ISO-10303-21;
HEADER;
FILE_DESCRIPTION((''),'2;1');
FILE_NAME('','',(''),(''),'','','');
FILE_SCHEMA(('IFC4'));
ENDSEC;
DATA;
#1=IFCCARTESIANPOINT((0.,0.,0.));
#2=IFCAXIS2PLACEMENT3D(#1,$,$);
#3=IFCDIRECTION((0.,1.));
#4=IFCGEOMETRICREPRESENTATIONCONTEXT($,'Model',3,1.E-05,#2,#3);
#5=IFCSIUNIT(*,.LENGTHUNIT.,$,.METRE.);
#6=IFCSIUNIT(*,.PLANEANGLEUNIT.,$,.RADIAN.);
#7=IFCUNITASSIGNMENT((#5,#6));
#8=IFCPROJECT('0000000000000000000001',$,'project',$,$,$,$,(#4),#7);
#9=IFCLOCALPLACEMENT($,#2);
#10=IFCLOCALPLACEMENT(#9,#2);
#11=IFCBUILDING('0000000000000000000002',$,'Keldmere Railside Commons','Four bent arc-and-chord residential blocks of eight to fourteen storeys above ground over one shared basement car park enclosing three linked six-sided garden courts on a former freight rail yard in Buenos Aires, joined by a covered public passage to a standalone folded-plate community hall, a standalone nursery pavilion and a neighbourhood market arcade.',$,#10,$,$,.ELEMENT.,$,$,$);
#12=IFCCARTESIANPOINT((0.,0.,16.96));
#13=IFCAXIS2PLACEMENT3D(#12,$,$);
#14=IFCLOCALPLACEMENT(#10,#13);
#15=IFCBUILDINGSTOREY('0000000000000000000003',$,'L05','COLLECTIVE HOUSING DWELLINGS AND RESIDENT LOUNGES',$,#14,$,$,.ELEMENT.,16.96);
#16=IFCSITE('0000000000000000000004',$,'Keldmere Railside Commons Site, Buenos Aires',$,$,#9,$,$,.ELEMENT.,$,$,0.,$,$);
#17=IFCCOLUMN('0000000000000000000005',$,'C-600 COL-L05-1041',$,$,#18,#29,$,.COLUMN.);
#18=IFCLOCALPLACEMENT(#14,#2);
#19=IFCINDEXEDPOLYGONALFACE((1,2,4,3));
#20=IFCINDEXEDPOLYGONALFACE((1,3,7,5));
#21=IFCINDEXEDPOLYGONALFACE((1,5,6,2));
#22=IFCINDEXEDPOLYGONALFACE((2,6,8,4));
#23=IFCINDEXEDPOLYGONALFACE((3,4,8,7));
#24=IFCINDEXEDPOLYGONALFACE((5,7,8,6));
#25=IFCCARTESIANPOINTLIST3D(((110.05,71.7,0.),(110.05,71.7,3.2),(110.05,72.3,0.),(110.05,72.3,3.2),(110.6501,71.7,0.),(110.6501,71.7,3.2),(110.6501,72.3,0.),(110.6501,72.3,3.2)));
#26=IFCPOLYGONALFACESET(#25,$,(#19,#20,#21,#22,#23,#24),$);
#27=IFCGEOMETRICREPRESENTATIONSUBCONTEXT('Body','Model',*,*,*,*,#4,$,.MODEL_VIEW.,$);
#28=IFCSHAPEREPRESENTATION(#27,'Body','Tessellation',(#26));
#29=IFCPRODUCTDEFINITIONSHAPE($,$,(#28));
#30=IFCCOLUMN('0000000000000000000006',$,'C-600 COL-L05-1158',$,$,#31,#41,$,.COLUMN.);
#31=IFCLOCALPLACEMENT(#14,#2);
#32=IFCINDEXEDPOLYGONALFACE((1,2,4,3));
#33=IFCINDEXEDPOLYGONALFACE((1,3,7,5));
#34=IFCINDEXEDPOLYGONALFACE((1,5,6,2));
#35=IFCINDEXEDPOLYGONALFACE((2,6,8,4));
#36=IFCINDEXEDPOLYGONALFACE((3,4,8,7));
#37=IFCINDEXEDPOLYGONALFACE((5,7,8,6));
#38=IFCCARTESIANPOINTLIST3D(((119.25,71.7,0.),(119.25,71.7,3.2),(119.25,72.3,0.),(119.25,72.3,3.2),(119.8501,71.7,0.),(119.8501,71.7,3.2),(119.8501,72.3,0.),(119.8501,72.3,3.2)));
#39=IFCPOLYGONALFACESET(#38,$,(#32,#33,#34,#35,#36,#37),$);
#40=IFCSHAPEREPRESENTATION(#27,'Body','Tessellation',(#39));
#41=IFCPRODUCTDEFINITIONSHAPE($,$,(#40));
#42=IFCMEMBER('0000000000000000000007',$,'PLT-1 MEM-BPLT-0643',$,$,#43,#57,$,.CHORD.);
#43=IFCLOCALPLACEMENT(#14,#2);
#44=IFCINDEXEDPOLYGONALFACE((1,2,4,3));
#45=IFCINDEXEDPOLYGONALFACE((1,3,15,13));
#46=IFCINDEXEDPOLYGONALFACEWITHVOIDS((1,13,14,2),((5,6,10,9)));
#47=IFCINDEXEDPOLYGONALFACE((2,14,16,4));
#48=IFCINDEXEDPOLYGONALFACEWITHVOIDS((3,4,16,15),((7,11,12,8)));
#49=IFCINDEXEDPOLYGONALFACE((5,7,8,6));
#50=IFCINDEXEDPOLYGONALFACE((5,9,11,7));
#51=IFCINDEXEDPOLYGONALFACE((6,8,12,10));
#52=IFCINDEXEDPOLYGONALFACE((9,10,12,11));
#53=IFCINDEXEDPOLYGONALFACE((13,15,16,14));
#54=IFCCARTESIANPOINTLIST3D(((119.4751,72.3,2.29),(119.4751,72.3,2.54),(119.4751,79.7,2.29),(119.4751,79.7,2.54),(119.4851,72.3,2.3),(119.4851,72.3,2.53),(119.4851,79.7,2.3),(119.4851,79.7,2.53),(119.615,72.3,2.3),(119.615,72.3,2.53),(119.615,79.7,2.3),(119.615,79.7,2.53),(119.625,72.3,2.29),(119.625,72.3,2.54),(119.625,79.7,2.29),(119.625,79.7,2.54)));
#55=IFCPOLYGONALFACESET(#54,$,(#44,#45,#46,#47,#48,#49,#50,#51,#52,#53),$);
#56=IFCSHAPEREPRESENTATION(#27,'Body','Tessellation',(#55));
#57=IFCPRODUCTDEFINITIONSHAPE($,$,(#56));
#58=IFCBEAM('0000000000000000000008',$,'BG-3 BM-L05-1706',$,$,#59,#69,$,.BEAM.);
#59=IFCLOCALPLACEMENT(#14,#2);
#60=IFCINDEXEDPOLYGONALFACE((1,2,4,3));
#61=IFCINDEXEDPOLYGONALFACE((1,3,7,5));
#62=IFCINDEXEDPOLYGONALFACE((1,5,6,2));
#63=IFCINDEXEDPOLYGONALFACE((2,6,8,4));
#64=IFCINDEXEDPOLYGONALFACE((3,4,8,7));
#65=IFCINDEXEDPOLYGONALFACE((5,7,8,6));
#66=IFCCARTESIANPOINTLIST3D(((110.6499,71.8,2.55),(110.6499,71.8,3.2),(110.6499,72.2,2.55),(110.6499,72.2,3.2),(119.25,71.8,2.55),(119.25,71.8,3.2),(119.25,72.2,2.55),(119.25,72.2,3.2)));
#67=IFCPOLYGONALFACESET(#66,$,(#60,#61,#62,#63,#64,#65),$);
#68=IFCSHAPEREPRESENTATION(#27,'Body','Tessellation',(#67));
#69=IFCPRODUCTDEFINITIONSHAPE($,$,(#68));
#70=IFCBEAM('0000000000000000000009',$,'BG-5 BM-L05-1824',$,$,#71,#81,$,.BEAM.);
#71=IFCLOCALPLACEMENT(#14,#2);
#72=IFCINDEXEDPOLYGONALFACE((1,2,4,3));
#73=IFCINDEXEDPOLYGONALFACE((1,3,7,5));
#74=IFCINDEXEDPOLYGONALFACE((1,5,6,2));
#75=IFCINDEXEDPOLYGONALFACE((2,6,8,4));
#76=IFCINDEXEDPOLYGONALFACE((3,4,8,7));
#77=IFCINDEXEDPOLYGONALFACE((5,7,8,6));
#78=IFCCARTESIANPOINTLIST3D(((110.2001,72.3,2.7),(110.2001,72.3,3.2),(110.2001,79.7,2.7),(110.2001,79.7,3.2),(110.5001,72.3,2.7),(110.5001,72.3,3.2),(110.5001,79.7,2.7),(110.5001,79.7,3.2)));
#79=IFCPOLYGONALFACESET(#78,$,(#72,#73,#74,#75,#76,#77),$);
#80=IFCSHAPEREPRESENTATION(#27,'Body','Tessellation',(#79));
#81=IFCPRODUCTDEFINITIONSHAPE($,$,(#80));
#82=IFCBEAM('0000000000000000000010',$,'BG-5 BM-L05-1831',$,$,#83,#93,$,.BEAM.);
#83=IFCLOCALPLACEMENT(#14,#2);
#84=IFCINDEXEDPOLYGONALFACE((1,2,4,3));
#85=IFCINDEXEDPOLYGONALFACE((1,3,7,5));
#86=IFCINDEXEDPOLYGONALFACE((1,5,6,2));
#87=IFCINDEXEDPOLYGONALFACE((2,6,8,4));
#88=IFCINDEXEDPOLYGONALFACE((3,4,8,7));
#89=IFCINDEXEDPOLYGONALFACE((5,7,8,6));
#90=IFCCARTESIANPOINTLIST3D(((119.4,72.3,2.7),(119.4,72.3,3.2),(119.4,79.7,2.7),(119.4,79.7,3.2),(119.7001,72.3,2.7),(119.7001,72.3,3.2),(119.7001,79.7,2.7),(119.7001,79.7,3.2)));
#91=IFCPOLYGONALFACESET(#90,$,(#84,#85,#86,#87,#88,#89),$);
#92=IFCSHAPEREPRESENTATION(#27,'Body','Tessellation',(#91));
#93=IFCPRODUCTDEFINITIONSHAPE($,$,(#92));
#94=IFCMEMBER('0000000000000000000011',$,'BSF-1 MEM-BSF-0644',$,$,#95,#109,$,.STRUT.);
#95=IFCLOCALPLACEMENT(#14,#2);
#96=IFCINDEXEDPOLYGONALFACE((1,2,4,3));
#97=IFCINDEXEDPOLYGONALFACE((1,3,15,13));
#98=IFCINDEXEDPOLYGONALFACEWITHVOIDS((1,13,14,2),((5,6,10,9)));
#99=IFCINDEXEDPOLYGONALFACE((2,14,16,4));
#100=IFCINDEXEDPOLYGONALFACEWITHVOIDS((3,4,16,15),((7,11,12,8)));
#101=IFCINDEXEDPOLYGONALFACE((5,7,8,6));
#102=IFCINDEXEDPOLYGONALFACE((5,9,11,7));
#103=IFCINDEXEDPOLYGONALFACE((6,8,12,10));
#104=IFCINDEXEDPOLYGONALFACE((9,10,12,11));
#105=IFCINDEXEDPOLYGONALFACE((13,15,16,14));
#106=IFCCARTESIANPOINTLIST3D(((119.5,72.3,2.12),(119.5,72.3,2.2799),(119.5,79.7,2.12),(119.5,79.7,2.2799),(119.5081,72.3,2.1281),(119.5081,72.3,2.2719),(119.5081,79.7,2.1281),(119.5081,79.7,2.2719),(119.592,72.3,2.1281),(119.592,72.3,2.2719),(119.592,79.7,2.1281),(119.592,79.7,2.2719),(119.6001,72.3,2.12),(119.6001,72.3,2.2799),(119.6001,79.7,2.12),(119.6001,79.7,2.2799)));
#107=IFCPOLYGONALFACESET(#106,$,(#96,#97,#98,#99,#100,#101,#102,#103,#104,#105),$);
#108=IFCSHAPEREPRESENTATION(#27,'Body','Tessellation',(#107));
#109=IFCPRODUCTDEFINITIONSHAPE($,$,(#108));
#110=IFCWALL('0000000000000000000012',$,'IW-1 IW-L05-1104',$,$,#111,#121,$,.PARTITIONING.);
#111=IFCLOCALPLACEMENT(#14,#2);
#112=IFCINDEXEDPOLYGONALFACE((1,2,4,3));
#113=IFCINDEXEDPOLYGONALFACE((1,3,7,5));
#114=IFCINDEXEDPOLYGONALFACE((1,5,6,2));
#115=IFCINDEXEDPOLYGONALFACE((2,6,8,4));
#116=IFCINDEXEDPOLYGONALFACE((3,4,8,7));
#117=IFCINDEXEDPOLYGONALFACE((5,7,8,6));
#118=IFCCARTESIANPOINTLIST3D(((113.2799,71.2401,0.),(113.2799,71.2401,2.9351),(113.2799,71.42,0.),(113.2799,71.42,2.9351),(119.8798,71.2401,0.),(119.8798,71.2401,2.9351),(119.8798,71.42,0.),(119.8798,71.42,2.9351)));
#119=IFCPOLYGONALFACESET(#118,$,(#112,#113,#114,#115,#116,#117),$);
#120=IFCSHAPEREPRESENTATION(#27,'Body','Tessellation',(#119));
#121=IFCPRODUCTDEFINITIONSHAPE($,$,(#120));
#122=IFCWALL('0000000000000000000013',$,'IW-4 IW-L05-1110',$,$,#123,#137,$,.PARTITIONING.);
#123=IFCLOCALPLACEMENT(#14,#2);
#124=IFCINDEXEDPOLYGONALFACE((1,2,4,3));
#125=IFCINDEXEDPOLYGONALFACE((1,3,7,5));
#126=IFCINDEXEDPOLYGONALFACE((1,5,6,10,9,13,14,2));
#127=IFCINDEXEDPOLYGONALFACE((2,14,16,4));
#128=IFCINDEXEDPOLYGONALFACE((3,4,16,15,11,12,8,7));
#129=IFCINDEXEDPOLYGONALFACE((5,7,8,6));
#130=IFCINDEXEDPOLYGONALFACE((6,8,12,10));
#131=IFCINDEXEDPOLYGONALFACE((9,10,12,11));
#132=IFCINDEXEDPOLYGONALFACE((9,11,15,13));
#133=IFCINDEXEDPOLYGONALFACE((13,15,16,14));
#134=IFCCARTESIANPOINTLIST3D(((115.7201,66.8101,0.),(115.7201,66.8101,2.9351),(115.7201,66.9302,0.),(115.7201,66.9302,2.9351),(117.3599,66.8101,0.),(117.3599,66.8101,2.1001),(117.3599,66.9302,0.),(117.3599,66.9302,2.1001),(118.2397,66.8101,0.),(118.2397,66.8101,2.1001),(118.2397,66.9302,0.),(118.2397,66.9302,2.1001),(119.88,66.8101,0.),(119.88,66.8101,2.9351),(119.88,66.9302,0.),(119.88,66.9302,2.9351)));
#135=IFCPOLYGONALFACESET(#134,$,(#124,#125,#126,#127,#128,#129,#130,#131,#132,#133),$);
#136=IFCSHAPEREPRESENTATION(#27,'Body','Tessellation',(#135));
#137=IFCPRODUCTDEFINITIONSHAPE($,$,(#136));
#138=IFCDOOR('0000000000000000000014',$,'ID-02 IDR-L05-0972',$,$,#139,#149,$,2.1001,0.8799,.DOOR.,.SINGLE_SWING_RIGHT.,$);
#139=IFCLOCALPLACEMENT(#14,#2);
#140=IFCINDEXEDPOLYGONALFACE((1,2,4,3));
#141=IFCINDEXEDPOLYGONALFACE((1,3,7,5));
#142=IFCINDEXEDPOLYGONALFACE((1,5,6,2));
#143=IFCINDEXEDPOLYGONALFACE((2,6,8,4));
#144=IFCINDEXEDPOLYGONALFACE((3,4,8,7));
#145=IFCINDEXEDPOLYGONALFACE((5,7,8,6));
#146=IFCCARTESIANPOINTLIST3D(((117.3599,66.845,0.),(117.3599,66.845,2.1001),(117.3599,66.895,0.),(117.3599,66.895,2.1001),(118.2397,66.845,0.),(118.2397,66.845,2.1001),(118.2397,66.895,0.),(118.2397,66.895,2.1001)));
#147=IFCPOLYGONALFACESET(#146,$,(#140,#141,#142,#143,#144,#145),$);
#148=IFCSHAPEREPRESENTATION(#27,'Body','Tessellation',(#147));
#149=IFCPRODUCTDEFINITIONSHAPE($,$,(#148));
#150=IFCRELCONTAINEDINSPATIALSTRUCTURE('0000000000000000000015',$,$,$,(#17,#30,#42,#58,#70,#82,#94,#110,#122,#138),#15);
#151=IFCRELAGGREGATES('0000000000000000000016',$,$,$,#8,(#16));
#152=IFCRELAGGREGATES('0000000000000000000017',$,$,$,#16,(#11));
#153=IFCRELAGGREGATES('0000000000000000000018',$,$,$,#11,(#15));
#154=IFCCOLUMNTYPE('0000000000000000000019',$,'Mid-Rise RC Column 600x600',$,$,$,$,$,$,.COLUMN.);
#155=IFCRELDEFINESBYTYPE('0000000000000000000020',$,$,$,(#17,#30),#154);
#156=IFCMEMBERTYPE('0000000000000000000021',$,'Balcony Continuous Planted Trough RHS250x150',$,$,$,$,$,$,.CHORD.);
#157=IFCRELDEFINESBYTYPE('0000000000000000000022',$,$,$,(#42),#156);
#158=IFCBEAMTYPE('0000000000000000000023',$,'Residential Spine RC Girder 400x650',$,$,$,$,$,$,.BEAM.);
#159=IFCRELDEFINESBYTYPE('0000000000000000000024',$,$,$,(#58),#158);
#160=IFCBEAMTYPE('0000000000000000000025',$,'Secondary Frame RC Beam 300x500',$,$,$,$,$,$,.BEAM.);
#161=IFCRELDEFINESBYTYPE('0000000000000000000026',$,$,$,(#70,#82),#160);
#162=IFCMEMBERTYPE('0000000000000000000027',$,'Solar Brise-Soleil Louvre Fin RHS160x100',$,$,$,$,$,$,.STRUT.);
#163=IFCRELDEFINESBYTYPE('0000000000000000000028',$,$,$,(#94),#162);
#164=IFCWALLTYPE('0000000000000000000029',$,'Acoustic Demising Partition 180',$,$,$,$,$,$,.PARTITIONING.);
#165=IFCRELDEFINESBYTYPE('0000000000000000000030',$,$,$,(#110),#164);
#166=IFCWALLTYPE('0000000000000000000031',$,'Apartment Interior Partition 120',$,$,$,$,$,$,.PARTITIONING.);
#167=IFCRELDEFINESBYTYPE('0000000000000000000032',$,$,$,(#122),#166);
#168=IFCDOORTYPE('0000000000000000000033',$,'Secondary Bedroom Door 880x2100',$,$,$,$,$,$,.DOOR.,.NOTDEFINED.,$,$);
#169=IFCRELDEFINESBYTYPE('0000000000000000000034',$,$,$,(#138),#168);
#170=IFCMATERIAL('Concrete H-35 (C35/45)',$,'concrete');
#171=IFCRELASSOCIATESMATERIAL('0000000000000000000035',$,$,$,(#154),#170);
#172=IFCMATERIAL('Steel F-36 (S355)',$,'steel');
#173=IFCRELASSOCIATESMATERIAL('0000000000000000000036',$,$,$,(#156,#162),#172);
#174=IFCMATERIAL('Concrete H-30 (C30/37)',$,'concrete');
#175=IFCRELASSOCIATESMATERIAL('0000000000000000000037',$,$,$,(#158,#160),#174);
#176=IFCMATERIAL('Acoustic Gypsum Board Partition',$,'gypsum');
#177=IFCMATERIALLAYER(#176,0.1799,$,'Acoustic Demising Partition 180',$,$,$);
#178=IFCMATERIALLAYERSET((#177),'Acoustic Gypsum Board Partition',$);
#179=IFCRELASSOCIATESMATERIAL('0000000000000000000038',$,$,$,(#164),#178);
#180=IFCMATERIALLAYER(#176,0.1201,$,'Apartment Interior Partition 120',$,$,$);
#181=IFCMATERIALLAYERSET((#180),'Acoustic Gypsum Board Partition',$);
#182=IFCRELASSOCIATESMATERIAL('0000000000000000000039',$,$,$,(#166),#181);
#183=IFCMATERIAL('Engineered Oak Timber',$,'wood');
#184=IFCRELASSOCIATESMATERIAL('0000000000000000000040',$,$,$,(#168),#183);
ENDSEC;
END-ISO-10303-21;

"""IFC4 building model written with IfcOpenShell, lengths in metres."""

from ifc_helpers import new_model, si_unit, direction, frame, frame_2d, origin, origin_2d, place, context, subcontext, project, spatial, rectangle, hollow_rectangle, extrude, material, layer, layer_set, material_profile, profile_set, type_object, element, fill, save


model = new_model("IFC4")

# Units and contexts
model_context = context("Model", 3, precision=1e-05, world=origin(), true_north=direction((0.0, 1.0)))
body_context = subcontext(model_context, "Body", "Model", "MODEL_VIEW")
ifc_project = project(units=[si_unit("LENGTHUNIT", "METRE"), si_unit("PLANEANGLEUNIT", "RADIAN")], contexts=[model_context])

# Site, building, storey
site_placement = place(None, origin())
site = spatial("IfcSite", under=ifc_project, at=site_placement, Name="Keldmere Railside Commons Site, Buenos Aires", CompositionType="ELEMENT", RefElevation=0.0)
building_placement = place(site_placement, origin())
building = spatial("IfcBuilding", under=site, at=building_placement, Name="Keldmere Railside Commons", Description="Four bent arc-and-chord residential blocks of eight to fourteen storeys above ground over one shared basement car park enclosing three linked six-sided garden courts on a former freight rail yard in Buenos Aires, joined by a covered public passage to a standalone folded-plate community hall, a standalone nursery pavilion and a neighbourhood market arcade.", CompositionType="ELEMENT")
storey_placement = place(building_placement, frame((0.0, 0.0, 16.96)))
storey = spatial("IfcBuildingStorey", under=building, at=storey_placement, Name="L05", Description="COLLECTIVE HOUSING DWELLINGS AND RESIDENT LOUNGES", CompositionType="ELEMENT", Elevation=16.96)

# Columns
ifc_material_1 = material(Name="Concrete H-35 (C35/45)", Category="concrete")
ifc_material_profile_1 = material_profile(ifc_material_1, rectangle(XDim=0.6001, YDim=0.6001, at=origin_2d()), Name="RC-600x600")
ifc_profile_set_1 = profile_set([ifc_material_profile_1], Name="Concrete H-35 (C35/45)")
column_type = type_object("IfcColumnType", Name="Mid-Rise RC Column 600x600", PredefinedType="COLUMN", material=ifc_profile_set_1)
for number, where, z_axis, x_axis, name in (
    (1, (110.3501, 72.0, 0.0), (0.0, 0.0, 1.0), (1.0, 0.0, 0.0), "C-600 COL-L05-1041"),
    (2, (119.55, 72.0, 0.0), (0.0, 0.0, 1.0), (1.0, 0.0, 0.0), "C-600 COL-L05-1158"),
):
    element("IfcColumn", number, at=place(storey_placement, frame(where, z_axis=z_axis, x_axis=x_axis)), inside=storey, type_object=column_type, Name=name, PredefinedType="COLUMN", context=body_context, shape_type="SweptSolid", body=[
        extrude(rectangle(XDim=0.6001, YDim=0.6001, at=origin_2d()), origin(), (0.0, 0.0, 1.0), 3.2),
    ])

# Member
ifc_material_2 = material(Name="Steel F-36 (S355)", Category="steel")
ifc_material_profile_2 = material_profile(ifc_material_2, hollow_rectangle(XDim=0.1499, YDim=0.25, WallThickness=0.01, at=origin_2d()), Name="RHS-250x150x10")
ifc_profile_set_2 = profile_set([ifc_material_profile_2], Name="Steel F-36 (S355)")
member_type_1 = type_object("IfcMemberType", Name="Balcony Continuous Planted Trough RHS250x150", PredefinedType="CHORD", material=ifc_profile_set_2)
member_1_placement = place(storey_placement, frame((119.55, 72.3, 2.415), z_axis=(0.0, 1.0, 0.0), x_axis=(-1.0, 0.0, 0.0)))
element("IfcMember", 3, at=member_1_placement, inside=storey, type_object=member_type_1, Name="PLT-1 MEM-BPLT-0643", PredefinedType="CHORD", context=body_context, shape_type="SweptSolid", body=[
    extrude(hollow_rectangle(XDim=0.1499, YDim=0.25, WallThickness=0.01, at=origin_2d()), origin(), (0.0, 0.0, 1.0), 7.3999),
])

# Beams
ifc_material_3 = material(Name="Concrete H-30 (C30/37)", Category="concrete")
ifc_material_profile_3 = material_profile(ifc_material_3, rectangle(XDim=0.3999, YDim=0.6499, at=origin_2d()), Name="RC-400x650")
ifc_profile_set_3 = profile_set([ifc_material_profile_3], Name="Concrete H-30 (C30/37)")
beam_type_1 = type_object("IfcBeamType", Name="Residential Spine RC Girder 400x650", PredefinedType="BEAM", material=ifc_profile_set_3)
beam_placement = place(storey_placement, frame((110.6499, 72.0, 2.875), z_axis=(1.0, 0.0, 0.0), x_axis=(0.0, 1.0, 0.0)))
element("IfcBeam", 4, at=beam_placement, inside=storey, type_object=beam_type_1, Name="BG-3 BM-L05-1706", PredefinedType="BEAM", context=body_context, shape_type="SweptSolid", body=[
    extrude(rectangle(XDim=0.3999, YDim=0.6499, at=origin_2d()), origin(), (0.0, 0.0, 1.0), 8.6001),
])
ifc_material_profile_4 = material_profile(ifc_material_3, rectangle(XDim=0.3, YDim=0.5, at=origin_2d()), Name="RC-300x500")
ifc_profile_set_4 = profile_set([ifc_material_profile_4], Name="Concrete H-30 (C30/37)")
beam_type_2 = type_object("IfcBeamType", Name="Secondary Frame RC Beam 300x500", PredefinedType="BEAM", material=ifc_profile_set_4)
for number, where, z_axis, x_axis, name in (
    (5, (110.3501, 72.3, 2.95), (0.0, 1.0, 0.0), (-1.0, 0.0, 0.0), "BG-5 BM-L05-1824"),
    (6, (119.55, 72.3, 2.95), (0.0, 1.0, 0.0), (-1.0, 0.0, 0.0), "BG-5 BM-L05-1831"),
):
    element("IfcBeam", number, at=place(storey_placement, frame(where, z_axis=z_axis, x_axis=x_axis)), inside=storey, type_object=beam_type_2, Name=name, PredefinedType="BEAM", context=body_context, shape_type="SweptSolid", body=[
        extrude(rectangle(XDim=0.3, YDim=0.5, at=origin_2d()), origin(), (0.0, 0.0, 1.0), 7.3999),
    ])

# Member
ifc_material_profile_5 = material_profile(ifc_material_2, hollow_rectangle(XDim=0.1001, YDim=0.1599, WallThickness=0.0081, at=origin_2d()), Name="RHS-160x100x8")
ifc_profile_set_5 = profile_set([ifc_material_profile_5], Name="Steel F-36 (S355)")
member_type_2 = type_object("IfcMemberType", Name="Solar Brise-Soleil Louvre Fin RHS160x100", PredefinedType="STRUT", material=ifc_profile_set_5)
member_2_placement = place(storey_placement, frame((119.55, 72.3, 2.2), z_axis=(0.0, 1.0, 0.0), x_axis=(-1.0, 0.0, 0.0)))
element("IfcMember", 7, at=member_2_placement, inside=storey, type_object=member_type_2, Name="BSF-1 MEM-BSF-0644", PredefinedType="STRUT", context=body_context, shape_type="SweptSolid", body=[
    extrude(hollow_rectangle(XDim=0.1001, YDim=0.1599, WallThickness=0.0081, at=origin_2d()), origin(), (0.0, 0.0, 1.0), 7.3999),
])

# Wall
ifc_material_4 = material(Name="Acoustic Gypsum Board Partition", Category="gypsum")
ifc_layer_1 = layer(ifc_material_4, 0.1799, Name="Acoustic Demising Partition 180")
ifc_layer_set_1 = layer_set([ifc_layer_1], Name="Acoustic Gypsum Board Partition")
wall_type_1 = type_object("IfcWallType", Name="Acoustic Demising Partition 180", PredefinedType="PARTITIONING", material=ifc_layer_set_1)
wall_1_placement = place(storey_placement, frame((113.28, 71.3301, 0.0), z_axis=(0.0, 0.0, 1.0), x_axis=(1.0, 0.0, 0.0)))
element("IfcWall", 8, at=wall_1_placement, inside=storey, type_object=wall_type_1, Name="IW-1 IW-L05-1104", PredefinedType="PARTITIONING", context=body_context, shape_type="SweptSolid", body=[
    extrude(rectangle(XDim=6.5999, YDim=0.1799, at=frame_2d((3.2998, 0.0))), origin(), (0.0, 0.0, 1.0), 2.9351),
])

# Wall, opening, door
ifc_layer_2 = layer(ifc_material_4, 0.1201, Name="Apartment Interior Partition 120")
ifc_layer_set_2 = layer_set([ifc_layer_2], Name="Acoustic Gypsum Board Partition")
wall_type_2 = type_object("IfcWallType", Name="Apartment Interior Partition 120", PredefinedType="PARTITIONING", material=ifc_layer_set_2)
wall_2_placement = place(storey_placement, frame((115.72, 66.8701, 0.0), z_axis=(0.0, 0.0, 1.0), x_axis=(1.0, 0.0, 0.0)))
wall_2 = element("IfcWall", 9, at=wall_2_placement, inside=storey, type_object=wall_type_2, Name="IW-4 IW-L05-1110", PredefinedType="PARTITIONING", context=body_context, shape_type="SweptSolid", body=[
    extrude(rectangle(XDim=4.1599, YDim=0.1201, at=frame_2d((2.0801, 0.0))), origin(), (0.0, 0.0, 1.0), 2.9351),
])
opening_1_placement = place(wall_2_placement, frame((1.6399, 0.0, 0.0)))
opening_1 = element("IfcOpeningElement", 10, at=opening_1_placement, cuts=wall_2, PredefinedType="OPENING", context=body_context, shape_type="SweptSolid", body=[
    extrude(rectangle(XDim=0.8799, YDim=2.1001, at=frame_2d((0.4399, 1.05))), frame((0.0, 0.0701, 0.0), z_axis=(0.0, -1.0, 0.0), x_axis=(1.0, 0.0, 0.0)), (0.0, 0.0, 1.0), 0.1401),
])
ifc_material_5 = material(Name="Engineered Oak Timber", Category="wood")
door_type_1 = type_object("IfcDoorType", Name="Secondary Bedroom Door 880x2100", OperationType="NOTDEFINED", PredefinedType="DOOR", material=ifc_material_5)
door_1_placement = place(opening_1_placement, origin())
door_1 = element("IfcDoor", 11, at=door_1_placement, inside=storey, type_object=door_type_1, Name="ID-02 IDR-L05-0972", OperationType="SINGLE_SWING_RIGHT", OverallHeight=2.1001, OverallWidth=0.8799, PredefinedType="DOOR", context=body_context, shape_type="SweptSolid", body=[
    extrude(rectangle(XDim=0.8799, YDim=2.1001, at=frame_2d((0.4399, 1.05))), frame((0.0, 0.0249, 0.0), z_axis=(0.0, -1.0, 0.0), x_axis=(1.0, 0.0, 0.0)), (0.0, 0.0, 1.0), 0.05),
])
fill(opening_1, door_1)

save(model, "model.ifc")
